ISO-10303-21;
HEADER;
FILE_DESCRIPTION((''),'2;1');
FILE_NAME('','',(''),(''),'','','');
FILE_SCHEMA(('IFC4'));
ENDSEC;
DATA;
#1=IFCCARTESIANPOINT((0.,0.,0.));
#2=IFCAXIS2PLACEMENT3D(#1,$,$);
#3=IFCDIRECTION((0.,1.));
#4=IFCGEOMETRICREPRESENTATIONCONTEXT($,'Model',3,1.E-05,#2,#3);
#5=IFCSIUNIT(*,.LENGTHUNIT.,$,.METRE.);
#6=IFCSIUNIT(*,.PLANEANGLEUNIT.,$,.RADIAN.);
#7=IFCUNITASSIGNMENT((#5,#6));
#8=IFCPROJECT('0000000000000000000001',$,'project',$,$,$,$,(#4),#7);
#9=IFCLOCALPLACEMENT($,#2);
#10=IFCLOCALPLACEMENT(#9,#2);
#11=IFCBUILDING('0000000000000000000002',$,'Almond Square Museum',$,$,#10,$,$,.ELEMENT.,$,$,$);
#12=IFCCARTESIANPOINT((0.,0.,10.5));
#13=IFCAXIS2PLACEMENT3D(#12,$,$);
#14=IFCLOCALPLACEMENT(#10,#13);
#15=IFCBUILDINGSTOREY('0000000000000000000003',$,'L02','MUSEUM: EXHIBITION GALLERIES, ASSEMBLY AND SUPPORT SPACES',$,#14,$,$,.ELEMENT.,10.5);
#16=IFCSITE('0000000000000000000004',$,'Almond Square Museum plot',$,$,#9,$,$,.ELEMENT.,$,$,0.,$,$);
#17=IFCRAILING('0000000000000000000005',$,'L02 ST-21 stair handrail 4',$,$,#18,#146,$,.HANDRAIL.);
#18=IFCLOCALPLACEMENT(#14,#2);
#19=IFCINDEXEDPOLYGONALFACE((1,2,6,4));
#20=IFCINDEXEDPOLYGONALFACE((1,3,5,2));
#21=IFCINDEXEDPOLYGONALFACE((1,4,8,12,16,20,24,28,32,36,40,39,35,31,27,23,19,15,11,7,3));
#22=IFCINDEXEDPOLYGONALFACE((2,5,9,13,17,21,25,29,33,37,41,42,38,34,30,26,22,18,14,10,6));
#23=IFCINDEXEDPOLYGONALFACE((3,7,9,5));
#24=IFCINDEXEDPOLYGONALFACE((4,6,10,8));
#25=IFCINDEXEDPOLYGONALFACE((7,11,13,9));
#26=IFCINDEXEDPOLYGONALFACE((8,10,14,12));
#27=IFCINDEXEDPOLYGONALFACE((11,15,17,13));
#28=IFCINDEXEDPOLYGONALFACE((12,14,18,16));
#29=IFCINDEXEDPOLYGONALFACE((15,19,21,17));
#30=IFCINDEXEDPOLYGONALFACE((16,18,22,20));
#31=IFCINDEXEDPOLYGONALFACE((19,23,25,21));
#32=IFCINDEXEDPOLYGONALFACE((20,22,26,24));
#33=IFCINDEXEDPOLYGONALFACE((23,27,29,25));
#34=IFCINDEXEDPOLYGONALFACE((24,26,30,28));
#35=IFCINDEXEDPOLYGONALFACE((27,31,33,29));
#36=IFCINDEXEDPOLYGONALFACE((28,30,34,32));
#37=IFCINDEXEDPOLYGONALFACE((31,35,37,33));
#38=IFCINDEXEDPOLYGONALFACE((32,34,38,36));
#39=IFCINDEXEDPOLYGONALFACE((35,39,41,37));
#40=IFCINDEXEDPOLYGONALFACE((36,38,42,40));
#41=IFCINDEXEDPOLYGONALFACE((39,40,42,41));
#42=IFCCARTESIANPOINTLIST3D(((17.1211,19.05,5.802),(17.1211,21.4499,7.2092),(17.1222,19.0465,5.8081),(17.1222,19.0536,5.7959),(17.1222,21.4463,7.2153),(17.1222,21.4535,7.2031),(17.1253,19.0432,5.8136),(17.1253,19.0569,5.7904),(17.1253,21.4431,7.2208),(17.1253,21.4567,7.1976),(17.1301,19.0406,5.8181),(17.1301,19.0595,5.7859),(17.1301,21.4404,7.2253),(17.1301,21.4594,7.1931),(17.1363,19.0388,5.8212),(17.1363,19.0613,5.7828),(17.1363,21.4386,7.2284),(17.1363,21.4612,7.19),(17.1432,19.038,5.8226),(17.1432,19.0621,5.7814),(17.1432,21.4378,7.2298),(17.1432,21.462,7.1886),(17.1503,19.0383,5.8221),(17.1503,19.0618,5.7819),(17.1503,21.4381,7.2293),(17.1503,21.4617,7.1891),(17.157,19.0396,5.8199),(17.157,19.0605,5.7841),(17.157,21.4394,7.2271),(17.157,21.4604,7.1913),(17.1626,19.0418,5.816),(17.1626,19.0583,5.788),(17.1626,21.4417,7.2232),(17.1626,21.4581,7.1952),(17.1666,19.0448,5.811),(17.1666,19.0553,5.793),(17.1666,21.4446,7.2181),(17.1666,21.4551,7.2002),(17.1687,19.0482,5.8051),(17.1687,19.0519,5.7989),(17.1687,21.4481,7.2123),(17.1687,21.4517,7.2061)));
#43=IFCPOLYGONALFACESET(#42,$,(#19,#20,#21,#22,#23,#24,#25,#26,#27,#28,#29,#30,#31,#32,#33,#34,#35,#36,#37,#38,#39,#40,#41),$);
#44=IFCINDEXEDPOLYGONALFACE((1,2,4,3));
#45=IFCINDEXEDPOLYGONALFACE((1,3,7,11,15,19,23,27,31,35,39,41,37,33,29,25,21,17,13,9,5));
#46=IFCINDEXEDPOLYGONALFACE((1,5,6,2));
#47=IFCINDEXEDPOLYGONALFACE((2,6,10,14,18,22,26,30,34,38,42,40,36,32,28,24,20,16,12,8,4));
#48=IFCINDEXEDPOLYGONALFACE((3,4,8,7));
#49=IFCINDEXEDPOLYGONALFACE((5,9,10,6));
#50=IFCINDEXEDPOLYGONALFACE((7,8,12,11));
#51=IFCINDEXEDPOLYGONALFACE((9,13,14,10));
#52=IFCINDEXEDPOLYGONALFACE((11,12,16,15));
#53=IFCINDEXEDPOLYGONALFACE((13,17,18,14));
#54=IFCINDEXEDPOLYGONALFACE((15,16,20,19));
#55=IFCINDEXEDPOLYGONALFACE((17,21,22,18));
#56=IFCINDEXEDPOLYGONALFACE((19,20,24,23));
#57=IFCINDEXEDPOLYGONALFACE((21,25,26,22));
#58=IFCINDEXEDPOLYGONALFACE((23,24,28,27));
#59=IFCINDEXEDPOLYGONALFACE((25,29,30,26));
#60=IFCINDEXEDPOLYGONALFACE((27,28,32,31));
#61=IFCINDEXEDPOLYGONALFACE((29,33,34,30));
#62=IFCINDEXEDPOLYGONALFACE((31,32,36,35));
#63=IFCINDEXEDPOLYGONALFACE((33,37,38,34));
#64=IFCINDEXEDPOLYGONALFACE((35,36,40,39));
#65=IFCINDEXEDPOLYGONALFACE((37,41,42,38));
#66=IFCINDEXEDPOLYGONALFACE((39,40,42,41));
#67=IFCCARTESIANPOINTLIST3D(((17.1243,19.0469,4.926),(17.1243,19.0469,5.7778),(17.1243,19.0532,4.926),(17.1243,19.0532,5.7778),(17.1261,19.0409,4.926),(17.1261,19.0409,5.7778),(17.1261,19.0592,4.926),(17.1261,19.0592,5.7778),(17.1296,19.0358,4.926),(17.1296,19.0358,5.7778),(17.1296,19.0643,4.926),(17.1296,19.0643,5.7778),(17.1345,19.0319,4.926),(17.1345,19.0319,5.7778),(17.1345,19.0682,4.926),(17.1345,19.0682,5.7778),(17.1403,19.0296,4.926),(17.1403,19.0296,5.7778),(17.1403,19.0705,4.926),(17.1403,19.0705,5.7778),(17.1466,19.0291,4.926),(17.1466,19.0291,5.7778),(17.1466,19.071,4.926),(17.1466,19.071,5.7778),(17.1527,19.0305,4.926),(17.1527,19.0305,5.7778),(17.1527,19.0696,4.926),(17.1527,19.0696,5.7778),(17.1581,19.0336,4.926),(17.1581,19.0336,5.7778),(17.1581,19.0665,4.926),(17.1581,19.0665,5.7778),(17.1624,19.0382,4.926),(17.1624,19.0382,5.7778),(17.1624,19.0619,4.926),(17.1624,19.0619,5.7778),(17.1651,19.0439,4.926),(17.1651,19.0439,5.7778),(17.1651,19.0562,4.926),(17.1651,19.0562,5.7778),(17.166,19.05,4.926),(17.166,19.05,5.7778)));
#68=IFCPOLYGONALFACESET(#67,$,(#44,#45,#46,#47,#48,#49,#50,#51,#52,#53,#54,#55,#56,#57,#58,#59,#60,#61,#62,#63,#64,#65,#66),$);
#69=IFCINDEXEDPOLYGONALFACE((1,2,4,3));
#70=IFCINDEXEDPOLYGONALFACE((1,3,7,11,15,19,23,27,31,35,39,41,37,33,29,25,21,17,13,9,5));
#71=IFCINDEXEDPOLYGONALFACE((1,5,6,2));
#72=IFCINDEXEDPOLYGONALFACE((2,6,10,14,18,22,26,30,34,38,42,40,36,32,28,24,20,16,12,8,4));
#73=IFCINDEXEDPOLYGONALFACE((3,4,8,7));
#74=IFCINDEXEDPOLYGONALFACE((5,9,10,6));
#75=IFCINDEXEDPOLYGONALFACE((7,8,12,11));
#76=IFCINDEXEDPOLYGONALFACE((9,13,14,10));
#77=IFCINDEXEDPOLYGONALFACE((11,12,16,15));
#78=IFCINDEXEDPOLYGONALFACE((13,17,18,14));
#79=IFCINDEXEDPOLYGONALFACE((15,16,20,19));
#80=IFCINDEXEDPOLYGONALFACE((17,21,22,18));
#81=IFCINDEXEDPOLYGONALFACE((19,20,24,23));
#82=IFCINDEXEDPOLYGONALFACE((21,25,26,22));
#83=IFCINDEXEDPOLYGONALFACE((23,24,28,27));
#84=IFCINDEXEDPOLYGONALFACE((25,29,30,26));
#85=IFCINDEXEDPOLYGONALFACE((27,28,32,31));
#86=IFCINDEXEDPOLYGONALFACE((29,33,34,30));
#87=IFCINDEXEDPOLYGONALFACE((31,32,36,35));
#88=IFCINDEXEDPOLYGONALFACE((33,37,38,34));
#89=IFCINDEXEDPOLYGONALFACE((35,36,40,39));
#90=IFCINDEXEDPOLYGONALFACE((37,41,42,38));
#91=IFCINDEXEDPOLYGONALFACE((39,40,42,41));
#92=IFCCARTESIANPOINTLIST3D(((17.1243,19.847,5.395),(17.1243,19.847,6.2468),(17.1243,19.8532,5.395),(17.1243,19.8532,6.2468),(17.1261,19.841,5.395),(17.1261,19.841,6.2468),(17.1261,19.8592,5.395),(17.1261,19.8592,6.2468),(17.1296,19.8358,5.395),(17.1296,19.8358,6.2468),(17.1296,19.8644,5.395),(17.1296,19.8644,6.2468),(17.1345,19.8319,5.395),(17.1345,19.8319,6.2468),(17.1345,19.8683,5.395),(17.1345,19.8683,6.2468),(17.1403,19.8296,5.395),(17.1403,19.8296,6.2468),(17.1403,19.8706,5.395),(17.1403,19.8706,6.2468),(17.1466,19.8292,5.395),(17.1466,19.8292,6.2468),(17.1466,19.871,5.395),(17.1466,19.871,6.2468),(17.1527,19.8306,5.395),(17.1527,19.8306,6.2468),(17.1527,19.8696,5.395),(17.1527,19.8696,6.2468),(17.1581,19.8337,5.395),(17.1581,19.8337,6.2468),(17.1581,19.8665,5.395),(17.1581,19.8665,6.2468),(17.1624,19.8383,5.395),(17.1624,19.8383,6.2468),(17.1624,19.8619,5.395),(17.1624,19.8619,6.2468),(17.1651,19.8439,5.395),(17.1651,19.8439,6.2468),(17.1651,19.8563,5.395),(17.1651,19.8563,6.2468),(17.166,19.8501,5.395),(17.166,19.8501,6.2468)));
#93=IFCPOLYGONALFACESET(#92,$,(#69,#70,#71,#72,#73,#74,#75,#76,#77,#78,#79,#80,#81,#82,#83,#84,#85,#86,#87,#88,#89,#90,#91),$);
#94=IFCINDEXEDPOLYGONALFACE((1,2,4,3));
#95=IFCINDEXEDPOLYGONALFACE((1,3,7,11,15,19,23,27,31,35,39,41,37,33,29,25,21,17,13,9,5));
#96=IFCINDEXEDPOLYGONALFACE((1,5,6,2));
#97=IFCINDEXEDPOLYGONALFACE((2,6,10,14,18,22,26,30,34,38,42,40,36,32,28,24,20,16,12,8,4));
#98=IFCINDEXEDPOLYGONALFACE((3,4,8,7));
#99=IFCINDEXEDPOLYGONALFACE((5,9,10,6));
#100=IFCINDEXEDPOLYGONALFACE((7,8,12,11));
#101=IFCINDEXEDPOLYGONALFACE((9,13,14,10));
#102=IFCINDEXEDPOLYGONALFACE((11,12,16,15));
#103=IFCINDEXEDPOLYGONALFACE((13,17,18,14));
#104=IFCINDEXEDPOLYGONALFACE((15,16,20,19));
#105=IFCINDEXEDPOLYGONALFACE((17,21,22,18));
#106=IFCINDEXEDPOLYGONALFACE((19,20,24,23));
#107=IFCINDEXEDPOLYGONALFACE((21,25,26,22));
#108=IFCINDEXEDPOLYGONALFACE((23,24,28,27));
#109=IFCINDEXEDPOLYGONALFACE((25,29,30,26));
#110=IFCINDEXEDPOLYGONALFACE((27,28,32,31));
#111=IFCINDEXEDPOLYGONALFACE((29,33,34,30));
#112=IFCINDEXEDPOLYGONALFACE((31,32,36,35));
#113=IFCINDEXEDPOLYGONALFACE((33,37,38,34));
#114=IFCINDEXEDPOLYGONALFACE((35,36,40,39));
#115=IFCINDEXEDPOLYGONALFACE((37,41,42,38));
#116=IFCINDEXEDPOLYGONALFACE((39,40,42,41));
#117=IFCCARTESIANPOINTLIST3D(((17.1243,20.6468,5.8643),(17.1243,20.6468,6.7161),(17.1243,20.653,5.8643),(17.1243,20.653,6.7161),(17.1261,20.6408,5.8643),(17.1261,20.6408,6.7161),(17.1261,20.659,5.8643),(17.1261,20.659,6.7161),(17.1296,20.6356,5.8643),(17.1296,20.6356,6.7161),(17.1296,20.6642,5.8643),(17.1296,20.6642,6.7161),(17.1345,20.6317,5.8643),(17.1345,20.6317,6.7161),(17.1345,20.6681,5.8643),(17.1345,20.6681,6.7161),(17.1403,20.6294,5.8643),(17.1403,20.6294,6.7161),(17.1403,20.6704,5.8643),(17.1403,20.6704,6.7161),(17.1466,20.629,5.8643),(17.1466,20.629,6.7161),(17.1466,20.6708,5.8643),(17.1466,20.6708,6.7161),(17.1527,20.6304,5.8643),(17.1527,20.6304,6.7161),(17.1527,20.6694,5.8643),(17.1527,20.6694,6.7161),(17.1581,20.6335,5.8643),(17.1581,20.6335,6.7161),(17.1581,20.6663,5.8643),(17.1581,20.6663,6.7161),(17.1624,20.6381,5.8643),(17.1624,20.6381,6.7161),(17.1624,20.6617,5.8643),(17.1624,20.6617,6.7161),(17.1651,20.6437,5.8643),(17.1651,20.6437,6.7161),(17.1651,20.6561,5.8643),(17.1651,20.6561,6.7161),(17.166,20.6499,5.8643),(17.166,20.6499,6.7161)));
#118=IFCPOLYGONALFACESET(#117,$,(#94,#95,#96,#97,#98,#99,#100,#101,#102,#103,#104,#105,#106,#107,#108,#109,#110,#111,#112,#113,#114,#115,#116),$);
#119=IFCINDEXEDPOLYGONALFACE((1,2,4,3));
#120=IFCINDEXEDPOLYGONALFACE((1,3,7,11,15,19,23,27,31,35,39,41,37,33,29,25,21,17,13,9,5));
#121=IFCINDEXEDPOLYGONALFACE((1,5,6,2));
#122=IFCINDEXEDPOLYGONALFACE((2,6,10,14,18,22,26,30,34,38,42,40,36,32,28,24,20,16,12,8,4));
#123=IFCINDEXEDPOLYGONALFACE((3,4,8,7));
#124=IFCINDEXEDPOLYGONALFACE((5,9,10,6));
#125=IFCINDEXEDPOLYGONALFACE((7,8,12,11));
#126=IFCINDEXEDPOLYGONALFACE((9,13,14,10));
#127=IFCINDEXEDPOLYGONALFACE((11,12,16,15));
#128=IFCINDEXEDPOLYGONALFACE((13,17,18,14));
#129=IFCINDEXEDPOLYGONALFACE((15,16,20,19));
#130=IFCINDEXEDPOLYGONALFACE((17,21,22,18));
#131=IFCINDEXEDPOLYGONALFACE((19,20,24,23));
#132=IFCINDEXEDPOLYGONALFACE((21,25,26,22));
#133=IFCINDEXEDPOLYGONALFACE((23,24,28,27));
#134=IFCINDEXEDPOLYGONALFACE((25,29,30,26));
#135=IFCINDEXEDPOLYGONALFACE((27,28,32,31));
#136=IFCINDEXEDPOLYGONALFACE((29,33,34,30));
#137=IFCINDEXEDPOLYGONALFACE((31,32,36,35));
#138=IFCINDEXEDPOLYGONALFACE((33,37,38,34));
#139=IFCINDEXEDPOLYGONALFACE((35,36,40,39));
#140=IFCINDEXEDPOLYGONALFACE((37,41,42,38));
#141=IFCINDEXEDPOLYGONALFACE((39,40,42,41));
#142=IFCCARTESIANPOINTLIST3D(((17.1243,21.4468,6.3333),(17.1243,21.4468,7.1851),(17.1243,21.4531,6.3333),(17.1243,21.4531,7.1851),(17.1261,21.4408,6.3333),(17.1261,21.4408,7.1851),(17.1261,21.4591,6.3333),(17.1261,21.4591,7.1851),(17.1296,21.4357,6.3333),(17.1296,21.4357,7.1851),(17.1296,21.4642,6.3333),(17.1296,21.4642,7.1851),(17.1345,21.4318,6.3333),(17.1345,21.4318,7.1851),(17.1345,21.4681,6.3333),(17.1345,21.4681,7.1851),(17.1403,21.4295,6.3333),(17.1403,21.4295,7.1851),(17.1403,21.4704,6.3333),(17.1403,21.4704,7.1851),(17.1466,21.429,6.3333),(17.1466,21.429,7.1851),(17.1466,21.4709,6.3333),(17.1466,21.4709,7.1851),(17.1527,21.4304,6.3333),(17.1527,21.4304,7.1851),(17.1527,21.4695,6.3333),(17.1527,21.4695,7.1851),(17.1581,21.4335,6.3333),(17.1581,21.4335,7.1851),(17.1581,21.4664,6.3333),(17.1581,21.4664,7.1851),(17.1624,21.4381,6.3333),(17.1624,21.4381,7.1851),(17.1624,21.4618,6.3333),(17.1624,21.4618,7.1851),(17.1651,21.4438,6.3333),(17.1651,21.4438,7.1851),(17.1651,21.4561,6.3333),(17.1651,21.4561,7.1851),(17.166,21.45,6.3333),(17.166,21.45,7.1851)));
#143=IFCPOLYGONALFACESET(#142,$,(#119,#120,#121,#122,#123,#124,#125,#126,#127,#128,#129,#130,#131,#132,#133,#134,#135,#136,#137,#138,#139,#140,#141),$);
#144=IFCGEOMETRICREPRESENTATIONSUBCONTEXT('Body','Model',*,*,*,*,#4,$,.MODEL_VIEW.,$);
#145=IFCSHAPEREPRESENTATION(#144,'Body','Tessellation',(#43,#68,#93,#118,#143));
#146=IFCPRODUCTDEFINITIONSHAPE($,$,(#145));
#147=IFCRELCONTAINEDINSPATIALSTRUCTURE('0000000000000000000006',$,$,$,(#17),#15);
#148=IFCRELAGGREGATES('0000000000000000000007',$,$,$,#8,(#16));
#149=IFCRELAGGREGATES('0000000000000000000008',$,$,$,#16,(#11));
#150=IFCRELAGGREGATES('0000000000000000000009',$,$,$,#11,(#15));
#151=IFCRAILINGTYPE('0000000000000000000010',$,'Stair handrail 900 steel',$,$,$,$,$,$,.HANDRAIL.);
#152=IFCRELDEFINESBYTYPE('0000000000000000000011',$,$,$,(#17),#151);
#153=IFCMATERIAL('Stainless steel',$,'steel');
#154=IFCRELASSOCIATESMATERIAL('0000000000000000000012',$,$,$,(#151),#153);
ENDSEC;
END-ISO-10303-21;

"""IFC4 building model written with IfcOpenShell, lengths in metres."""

from ifc_helpers import new_model, si_unit, direction, frame, origin, origin_2d, place, context, subcontext, project, spatial, circle, extrude, material, type_object, element, save


model = new_model("IFC4")

# Units and contexts
model_context = context("Model", 3, precision=1e-05, world=origin(), true_north=direction((0.0, 1.0)))
body_context = subcontext(model_context, "Body", "Model", "MODEL_VIEW")
ifc_project = project(units=[si_unit("LENGTHUNIT", "METRE"), si_unit("PLANEANGLEUNIT", "RADIAN")], contexts=[model_context])

# Site, building, storey
site_placement = place(None, origin())
site = spatial("IfcSite", under=ifc_project, at=site_placement, Name="Almond Square Museum plot", CompositionType="ELEMENT", RefElevation=0.0)
building_placement = place(site_placement, origin())
building = spatial("IfcBuilding", under=site, at=building_placement, Name="Almond Square Museum", CompositionType="ELEMENT")
storey_placement = place(building_placement, frame((0.0, 0.0, 10.5)))
storey = spatial("IfcBuildingStorey", under=building, at=storey_placement, Name="L02", Description="MUSEUM: EXHIBITION GALLERIES, ASSEMBLY AND SUPPORT SPACES", CompositionType="ELEMENT", Elevation=10.5)

# Railing
ifc_material_1 = material(Name="Stainless steel", Category="steel")
railing_type_1 = type_object("IfcRailingType", Name="Stair handrail 900 steel", PredefinedType="HANDRAIL", material=ifc_material_1)
railing_1_placement = place(storey_placement, frame((17.145, 19.05, 4.926)))
element("IfcRailing", 1, at=railing_1_placement, inside=storey, type_object=railing_type_1, Name="L02 ST-21 stair handrail 4", PredefinedType="HANDRAIL", context=body_context, shape_type="SweptSolid", body=[
    extrude(circle(Radius=0.0239, at=origin_2d()), frame((0.0, 0.0, 0.876), z_axis=(0.0, 0.862637, 0.505823), x_axis=(-1.0, 0.0, 0.0)), (0.0, 0.0, 1.0), 2.782),
    extrude(circle(Radius=0.021, at=origin_2d()), origin(), (0.0, 0.0, 1.0), 0.8518),
    extrude(circle(Radius=0.021, at=origin_2d()), frame((0.0, 0.8, 0.469)), (0.0, 0.0, 1.0), 0.8518),
    extrude(circle(Radius=0.021, at=origin_2d()), frame((0.0, 1.5999, 0.9382)), (0.0, 0.0, 1.0), 0.8518),
    extrude(circle(Radius=0.021, at=origin_2d()), frame((0.0, 2.3999, 1.4072)), (0.0, 0.0, 1.0), 0.8518),
])

save(model, "model.ifc")
